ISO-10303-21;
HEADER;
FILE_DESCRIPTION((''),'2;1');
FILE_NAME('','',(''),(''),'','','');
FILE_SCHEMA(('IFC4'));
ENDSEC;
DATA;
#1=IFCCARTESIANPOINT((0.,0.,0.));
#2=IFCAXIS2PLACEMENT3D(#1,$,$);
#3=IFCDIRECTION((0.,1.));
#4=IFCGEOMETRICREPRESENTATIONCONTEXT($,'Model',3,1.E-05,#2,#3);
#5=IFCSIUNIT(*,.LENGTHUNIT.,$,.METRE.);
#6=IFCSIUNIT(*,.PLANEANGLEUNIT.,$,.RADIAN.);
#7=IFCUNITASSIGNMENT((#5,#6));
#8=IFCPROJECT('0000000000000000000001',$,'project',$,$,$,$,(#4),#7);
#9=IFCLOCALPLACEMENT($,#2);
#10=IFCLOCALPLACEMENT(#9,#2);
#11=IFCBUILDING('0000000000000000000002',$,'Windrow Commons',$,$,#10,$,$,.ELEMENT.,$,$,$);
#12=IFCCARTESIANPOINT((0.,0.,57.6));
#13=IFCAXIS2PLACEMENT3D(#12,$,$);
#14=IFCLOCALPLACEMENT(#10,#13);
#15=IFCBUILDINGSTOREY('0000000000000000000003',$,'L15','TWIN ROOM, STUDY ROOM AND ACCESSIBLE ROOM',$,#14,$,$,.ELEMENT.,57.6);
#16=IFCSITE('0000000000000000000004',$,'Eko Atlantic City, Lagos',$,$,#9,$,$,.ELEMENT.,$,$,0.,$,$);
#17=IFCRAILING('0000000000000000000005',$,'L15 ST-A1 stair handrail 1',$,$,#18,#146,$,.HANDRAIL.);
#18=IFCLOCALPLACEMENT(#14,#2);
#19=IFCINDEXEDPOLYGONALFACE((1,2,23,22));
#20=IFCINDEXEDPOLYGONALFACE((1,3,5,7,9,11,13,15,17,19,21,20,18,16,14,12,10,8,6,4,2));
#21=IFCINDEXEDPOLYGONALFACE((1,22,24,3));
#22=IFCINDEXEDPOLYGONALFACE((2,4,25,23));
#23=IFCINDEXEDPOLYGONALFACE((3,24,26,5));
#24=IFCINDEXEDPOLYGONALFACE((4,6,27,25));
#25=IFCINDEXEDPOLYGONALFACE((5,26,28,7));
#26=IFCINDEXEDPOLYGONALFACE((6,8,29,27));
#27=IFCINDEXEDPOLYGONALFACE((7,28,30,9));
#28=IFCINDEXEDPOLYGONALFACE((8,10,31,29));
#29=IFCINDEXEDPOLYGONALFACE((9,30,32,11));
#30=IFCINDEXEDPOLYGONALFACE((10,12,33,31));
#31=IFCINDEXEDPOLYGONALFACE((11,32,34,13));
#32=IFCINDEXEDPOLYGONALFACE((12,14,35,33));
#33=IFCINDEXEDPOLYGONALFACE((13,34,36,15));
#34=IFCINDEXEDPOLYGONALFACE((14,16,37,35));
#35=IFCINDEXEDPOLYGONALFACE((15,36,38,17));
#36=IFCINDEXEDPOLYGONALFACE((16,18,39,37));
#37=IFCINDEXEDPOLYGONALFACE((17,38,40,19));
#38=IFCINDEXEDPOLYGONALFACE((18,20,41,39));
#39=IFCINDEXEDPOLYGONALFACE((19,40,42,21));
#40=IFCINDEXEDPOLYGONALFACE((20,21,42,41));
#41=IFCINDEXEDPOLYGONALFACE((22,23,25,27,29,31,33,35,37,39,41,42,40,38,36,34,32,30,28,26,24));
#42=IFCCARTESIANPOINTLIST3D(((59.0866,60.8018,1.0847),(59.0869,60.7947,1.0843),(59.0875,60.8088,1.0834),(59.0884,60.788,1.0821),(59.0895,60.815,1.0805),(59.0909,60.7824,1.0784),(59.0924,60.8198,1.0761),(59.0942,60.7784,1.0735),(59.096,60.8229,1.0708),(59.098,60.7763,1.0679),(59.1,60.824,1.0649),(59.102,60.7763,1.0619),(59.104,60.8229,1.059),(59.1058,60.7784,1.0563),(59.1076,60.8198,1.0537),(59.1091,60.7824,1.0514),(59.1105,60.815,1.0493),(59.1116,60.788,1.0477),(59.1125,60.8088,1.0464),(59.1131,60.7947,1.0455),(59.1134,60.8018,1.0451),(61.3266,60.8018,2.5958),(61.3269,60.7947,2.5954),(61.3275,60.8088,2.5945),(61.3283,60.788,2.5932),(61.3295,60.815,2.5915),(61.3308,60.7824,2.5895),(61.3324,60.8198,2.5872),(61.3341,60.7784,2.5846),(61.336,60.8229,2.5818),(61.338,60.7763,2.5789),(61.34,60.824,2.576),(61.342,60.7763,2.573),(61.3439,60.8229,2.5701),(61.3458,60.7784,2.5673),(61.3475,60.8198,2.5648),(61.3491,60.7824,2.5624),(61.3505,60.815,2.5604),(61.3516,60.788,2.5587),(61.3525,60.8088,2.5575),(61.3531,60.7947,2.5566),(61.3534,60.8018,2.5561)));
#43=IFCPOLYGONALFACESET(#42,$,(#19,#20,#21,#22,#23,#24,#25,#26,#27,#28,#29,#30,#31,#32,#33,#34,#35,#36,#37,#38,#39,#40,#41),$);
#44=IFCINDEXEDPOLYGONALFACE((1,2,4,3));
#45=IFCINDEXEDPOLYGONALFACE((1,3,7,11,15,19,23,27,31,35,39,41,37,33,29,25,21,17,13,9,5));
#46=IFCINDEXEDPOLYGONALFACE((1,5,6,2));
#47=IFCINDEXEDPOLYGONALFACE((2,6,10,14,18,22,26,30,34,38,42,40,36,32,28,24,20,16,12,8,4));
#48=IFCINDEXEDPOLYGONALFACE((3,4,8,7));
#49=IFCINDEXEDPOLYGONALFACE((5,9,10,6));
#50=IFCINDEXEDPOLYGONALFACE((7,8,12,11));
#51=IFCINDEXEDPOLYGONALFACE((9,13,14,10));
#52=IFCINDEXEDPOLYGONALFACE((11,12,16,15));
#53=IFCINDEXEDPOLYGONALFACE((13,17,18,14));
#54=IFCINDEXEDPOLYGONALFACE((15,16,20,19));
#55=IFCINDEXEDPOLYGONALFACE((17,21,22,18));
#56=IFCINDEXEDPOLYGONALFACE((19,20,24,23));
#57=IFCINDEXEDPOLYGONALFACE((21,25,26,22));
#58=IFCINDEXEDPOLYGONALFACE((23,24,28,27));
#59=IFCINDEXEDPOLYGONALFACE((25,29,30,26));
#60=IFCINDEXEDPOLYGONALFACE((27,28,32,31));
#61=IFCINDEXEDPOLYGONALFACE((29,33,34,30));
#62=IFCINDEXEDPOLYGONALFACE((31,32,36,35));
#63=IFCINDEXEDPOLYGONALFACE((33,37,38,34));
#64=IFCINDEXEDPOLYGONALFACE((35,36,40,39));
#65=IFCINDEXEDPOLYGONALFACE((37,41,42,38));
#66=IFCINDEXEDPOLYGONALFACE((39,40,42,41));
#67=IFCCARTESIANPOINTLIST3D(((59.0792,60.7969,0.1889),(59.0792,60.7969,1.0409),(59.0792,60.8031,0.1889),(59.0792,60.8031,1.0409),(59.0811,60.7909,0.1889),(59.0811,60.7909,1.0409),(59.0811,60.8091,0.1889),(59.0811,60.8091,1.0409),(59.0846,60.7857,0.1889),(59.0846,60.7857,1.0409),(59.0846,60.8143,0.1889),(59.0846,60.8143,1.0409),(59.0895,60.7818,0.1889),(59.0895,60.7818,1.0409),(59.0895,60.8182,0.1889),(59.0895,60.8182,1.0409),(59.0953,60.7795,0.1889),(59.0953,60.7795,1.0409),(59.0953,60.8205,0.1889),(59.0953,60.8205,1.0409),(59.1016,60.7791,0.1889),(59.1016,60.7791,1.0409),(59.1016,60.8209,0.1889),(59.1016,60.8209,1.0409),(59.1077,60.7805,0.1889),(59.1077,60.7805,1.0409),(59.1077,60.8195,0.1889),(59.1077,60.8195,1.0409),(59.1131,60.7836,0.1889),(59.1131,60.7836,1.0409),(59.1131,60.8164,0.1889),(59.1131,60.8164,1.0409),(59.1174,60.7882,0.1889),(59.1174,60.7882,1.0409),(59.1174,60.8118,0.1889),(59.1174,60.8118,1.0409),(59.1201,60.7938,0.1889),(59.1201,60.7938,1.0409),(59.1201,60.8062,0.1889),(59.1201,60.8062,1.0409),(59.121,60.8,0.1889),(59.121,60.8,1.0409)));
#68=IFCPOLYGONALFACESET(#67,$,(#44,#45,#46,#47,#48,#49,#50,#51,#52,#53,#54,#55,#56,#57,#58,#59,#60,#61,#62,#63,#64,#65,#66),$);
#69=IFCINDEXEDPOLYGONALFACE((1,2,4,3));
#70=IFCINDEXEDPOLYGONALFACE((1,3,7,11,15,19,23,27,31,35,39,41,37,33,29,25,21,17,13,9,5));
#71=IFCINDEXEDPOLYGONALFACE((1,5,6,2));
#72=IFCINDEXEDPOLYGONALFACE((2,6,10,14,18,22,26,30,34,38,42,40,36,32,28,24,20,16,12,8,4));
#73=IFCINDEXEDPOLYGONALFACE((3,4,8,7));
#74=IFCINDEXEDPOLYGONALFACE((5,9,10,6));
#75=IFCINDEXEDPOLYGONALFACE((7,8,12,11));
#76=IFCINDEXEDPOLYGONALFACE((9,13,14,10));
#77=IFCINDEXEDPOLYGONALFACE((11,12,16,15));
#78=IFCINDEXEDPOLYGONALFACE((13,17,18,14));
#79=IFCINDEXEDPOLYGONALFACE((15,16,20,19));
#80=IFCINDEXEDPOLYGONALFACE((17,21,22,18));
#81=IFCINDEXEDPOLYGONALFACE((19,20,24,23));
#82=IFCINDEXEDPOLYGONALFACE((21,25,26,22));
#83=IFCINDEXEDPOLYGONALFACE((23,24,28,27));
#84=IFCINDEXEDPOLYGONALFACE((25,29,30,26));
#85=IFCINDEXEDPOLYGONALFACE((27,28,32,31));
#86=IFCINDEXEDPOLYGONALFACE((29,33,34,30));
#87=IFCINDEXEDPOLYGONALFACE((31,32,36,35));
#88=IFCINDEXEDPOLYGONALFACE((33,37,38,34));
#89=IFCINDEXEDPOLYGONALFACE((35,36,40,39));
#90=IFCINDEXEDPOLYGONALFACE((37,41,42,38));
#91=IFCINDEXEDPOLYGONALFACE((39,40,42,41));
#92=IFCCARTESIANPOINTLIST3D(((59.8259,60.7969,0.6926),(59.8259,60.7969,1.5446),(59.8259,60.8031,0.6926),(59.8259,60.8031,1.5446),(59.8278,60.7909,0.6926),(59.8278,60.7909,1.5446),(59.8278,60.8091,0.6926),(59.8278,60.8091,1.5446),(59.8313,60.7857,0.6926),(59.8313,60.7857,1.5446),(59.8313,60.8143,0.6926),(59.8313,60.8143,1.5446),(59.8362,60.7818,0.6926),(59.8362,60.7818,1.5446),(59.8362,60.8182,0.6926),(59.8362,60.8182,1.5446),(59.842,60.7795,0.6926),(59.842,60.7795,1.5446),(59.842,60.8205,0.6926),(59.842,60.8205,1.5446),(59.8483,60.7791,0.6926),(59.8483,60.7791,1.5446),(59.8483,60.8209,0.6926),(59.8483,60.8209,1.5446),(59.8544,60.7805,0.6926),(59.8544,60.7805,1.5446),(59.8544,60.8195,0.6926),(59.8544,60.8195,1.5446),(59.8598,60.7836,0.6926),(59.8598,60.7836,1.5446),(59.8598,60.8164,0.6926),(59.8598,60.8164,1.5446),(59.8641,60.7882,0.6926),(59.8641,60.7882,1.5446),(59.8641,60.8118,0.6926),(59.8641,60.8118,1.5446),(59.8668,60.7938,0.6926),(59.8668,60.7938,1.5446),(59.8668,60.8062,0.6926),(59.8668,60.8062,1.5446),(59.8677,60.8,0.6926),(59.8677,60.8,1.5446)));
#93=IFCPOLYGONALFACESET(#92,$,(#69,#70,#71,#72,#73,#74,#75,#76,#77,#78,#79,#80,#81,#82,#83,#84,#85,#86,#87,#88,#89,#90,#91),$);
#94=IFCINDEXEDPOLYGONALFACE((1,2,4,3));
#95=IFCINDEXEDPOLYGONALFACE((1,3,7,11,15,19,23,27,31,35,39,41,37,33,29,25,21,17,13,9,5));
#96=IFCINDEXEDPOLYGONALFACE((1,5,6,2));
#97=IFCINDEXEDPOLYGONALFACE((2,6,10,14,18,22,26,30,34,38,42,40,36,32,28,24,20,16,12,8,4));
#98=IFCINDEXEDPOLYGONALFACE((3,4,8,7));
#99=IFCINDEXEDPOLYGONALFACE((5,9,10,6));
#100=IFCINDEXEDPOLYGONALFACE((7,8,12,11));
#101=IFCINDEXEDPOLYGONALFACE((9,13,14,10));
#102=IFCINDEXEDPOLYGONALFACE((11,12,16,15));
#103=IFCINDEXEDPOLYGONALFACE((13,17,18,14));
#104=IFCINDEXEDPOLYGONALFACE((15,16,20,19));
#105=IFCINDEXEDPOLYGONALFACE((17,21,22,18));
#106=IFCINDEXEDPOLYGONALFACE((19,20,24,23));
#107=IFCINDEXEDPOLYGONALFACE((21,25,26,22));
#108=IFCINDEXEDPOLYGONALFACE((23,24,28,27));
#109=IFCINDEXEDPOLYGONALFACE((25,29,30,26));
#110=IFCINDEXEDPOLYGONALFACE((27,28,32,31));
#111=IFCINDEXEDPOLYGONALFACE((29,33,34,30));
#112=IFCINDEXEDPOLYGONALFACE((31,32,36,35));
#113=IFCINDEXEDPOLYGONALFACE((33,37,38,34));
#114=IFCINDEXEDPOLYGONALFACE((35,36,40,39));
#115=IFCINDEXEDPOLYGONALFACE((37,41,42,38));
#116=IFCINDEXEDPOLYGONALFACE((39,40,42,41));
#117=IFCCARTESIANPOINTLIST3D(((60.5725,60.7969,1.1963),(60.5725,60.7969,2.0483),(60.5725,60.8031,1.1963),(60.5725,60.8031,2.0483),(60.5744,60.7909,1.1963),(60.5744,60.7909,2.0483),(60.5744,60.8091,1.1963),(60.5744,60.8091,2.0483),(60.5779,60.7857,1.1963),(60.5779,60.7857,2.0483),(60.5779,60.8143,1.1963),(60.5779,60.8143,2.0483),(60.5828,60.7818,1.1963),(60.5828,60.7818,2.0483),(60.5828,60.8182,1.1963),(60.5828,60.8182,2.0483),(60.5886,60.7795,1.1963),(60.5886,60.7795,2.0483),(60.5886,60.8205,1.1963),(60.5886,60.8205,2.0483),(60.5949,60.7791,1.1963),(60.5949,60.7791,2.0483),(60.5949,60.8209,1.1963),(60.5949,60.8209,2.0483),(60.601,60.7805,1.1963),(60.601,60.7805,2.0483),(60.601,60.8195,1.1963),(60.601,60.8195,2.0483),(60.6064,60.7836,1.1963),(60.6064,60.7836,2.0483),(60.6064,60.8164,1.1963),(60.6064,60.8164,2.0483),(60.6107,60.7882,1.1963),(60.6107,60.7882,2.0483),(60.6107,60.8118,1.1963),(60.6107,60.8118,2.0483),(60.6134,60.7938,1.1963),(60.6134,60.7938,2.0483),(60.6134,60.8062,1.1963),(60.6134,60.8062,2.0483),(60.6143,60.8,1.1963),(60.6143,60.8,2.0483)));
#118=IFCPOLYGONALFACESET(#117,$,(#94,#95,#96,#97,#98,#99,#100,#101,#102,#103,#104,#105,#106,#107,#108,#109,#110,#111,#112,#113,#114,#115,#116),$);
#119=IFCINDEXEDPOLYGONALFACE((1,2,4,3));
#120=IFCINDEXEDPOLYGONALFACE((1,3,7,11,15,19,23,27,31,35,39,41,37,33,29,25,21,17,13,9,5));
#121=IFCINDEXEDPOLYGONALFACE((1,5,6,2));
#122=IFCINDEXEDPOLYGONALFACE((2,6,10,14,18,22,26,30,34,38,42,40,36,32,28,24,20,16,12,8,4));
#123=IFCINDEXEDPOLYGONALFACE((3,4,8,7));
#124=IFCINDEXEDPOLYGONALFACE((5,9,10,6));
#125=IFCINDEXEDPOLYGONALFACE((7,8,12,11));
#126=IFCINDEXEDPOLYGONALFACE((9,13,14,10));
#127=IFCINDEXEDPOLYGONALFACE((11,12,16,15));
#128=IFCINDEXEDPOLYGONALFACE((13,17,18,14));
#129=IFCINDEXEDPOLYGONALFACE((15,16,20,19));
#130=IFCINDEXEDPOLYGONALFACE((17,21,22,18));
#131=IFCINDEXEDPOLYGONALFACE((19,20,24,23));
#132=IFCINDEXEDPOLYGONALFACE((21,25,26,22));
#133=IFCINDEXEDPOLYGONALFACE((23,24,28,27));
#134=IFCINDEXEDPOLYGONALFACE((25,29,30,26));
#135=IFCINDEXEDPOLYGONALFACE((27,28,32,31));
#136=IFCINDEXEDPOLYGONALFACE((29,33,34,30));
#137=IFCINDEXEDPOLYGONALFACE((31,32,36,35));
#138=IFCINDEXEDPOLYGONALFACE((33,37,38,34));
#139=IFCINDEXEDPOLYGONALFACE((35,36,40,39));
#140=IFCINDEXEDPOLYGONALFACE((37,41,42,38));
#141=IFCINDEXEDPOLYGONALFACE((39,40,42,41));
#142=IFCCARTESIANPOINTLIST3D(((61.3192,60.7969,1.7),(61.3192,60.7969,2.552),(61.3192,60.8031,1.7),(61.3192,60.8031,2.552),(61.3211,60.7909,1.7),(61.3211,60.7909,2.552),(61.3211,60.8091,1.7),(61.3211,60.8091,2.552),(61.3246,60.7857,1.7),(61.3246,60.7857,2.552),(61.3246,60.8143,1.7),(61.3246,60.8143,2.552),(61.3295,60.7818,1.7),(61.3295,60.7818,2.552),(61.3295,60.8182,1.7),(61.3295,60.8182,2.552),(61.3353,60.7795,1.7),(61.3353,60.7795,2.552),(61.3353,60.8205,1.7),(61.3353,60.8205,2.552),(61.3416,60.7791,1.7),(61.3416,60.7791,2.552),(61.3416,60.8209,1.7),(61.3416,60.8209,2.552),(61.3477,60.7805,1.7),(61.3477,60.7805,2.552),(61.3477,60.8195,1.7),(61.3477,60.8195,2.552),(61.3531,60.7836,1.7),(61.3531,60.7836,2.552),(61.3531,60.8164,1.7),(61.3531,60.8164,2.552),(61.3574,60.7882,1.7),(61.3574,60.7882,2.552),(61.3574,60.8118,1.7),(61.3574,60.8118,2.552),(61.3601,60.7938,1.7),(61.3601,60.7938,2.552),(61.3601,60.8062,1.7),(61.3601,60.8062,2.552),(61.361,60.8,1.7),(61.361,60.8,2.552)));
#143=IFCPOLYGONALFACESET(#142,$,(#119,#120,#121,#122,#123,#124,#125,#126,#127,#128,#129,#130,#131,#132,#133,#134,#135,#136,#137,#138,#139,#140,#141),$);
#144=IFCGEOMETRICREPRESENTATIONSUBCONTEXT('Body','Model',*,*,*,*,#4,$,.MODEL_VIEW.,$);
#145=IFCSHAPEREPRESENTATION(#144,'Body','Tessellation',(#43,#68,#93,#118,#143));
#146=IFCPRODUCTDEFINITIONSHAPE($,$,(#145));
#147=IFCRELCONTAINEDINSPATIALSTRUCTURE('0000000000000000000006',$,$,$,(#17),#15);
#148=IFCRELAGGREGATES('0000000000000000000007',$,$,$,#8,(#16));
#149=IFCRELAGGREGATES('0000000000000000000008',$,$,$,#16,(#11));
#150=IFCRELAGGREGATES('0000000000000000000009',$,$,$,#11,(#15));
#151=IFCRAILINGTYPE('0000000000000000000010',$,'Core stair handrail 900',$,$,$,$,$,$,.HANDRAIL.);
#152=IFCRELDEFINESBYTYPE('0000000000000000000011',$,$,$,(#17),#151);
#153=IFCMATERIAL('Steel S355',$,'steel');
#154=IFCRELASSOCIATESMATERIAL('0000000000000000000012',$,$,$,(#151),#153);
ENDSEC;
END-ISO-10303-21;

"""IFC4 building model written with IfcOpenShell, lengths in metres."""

from ifc_helpers import new_model, si_unit, direction, frame, origin, origin_2d, place, context, subcontext, project, spatial, circle, extrude, material, type_object, element, save


model = new_model("IFC4")

# Units and contexts
model_context = context("Model", 3, precision=1e-05, world=origin(), true_north=direction((0.0, 1.0)))
body_context = subcontext(model_context, "Body", "Model", "MODEL_VIEW")
ifc_project = project(units=[si_unit("LENGTHUNIT", "METRE"), si_unit("PLANEANGLEUNIT", "RADIAN")], contexts=[model_context])

# Site, building, storey
site_placement = place(None, origin())
site = spatial("IfcSite", under=ifc_project, at=site_placement, Name="Eko Atlantic City, Lagos", CompositionType="ELEMENT", RefElevation=0.0)
building_placement = place(site_placement, origin())
building = spatial("IfcBuilding", under=site, at=building_placement, Name="Windrow Commons", CompositionType="ELEMENT")
storey_placement = place(building_placement, frame((0.0, 0.0, 57.6)))
storey = spatial("IfcBuildingStorey", under=building, at=storey_placement, Name="L15", Description="TWIN ROOM, STUDY ROOM AND ACCESSIBLE ROOM", CompositionType="ELEMENT", Elevation=57.6)

# Railing
ifc_material_1 = material(Name="Steel S355", Category="steel")
railing_type_1 = type_object("IfcRailingType", Name="Core stair handrail 900", PredefinedType="HANDRAIL", material=ifc_material_1)
railing_1_placement = place(storey_placement, frame((59.1, 60.8, 0.1889)))
element("IfcRailing", 1, at=railing_1_placement, inside=storey, type_object=railing_type_1, Name="L15 ST-A1 stair handrail 1", PredefinedType="HANDRAIL", context=body_context, shape_type="SweptSolid", body=[
    extrude(circle(Radius=0.024, at=origin_2d()), frame((0.0, 0.0, 0.876), z_axis=(0.829003, 0.0, 0.559244), x_axis=(0.0, 1.0, 0.0)), (0.0, 0.0, 1.0), 2.702),
    extrude(circle(Radius=0.021, at=origin_2d()), origin(), (0.0, 0.0, 1.0), 0.852),
    extrude(circle(Radius=0.021, at=origin_2d()), frame((0.7467, 0.0, 0.5037)), (0.0, 0.0, 1.0), 0.852),
    extrude(circle(Radius=0.021, at=origin_2d()), frame((1.4933, 0.0, 1.0074)), (0.0, 0.0, 1.0), 0.852),
    extrude(circle(Radius=0.021, at=origin_2d()), frame((2.24, 0.0, 1.5111)), (0.0, 0.0, 1.0), 0.852),
])

save(model, "model.ifc")
